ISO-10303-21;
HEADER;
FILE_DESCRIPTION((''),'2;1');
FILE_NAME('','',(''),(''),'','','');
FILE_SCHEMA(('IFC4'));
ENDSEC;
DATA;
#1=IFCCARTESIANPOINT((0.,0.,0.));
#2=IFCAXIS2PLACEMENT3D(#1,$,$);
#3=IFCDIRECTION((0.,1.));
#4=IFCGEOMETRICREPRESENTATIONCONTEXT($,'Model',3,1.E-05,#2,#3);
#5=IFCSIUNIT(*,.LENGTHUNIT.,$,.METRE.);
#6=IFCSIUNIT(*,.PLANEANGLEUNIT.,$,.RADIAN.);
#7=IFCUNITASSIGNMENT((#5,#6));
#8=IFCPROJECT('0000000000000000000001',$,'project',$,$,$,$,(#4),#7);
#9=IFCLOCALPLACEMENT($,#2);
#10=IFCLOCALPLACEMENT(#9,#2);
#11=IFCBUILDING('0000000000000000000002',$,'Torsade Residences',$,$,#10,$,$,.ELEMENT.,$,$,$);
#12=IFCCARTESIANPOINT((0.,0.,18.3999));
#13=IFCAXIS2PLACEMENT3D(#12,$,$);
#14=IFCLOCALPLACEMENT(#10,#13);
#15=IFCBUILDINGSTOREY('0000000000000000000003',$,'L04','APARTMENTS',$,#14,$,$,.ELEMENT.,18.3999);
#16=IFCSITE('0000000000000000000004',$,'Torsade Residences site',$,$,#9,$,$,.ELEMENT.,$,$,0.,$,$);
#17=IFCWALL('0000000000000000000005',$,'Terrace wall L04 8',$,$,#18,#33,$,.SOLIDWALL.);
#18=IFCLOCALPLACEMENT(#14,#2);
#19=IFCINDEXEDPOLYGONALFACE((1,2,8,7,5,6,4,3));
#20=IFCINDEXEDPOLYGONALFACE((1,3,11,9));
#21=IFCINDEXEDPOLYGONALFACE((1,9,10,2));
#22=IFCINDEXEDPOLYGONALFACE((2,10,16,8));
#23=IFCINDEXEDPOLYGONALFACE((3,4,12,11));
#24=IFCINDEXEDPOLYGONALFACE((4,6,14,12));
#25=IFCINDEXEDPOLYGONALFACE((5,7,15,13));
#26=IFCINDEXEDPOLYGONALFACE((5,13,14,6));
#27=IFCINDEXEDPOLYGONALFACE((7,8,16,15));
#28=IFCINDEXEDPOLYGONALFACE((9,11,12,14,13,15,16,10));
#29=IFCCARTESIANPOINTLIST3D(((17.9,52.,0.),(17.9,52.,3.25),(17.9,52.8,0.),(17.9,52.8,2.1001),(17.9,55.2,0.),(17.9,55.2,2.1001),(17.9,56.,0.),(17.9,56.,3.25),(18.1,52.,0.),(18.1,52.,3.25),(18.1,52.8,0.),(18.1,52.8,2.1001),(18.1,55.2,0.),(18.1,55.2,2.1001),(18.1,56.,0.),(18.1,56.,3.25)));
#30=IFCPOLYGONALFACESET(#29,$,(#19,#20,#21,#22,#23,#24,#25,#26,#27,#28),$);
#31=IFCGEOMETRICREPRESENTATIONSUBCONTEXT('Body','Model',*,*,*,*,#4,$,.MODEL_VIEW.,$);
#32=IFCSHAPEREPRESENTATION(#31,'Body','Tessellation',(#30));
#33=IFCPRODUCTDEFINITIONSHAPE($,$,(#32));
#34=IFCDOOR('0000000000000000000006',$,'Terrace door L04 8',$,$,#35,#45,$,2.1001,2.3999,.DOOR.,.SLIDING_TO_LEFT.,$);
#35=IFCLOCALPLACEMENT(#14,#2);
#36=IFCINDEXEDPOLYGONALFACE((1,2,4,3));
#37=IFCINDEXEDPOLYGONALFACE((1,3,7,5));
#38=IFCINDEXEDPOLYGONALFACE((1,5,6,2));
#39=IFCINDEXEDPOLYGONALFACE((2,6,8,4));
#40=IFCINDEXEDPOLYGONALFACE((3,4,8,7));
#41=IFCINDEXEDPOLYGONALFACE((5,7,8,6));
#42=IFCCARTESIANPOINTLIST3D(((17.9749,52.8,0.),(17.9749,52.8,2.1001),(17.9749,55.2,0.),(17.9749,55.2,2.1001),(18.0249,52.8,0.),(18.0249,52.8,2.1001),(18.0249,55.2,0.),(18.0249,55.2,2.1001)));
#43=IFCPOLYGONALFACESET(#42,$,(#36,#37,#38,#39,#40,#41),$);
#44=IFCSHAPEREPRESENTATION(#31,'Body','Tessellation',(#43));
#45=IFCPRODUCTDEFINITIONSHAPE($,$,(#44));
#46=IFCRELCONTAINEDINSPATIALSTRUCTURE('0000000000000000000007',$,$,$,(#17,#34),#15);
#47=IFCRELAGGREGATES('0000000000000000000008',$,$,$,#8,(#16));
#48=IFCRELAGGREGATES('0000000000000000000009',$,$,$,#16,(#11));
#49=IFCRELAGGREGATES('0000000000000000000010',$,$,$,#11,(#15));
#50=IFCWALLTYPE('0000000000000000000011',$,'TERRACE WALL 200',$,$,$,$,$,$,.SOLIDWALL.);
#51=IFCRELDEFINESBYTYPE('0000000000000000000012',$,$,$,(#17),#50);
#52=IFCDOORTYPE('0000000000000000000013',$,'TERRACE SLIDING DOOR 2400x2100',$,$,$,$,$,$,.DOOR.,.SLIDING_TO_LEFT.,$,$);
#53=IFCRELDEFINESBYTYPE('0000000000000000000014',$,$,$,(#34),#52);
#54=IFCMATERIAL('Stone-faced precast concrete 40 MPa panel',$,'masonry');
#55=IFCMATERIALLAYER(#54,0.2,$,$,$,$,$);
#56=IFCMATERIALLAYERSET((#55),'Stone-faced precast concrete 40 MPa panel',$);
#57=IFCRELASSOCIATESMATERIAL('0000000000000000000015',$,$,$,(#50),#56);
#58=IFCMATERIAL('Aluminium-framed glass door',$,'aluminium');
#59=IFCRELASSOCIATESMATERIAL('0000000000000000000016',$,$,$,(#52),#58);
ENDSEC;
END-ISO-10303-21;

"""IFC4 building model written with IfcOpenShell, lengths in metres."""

from ifc_helpers import new_model, si_unit, direction, frame, frame_2d, origin, place, context, subcontext, project, spatial, rectangle, extrude, material, layer, layer_set, type_object, element, fill, save


model = new_model("IFC4")

# Units and contexts
model_context = context("Model", 3, precision=1e-05, world=origin(), true_north=direction((0.0, 1.0)))
body_context = subcontext(model_context, "Body", "Model", "MODEL_VIEW")
ifc_project = project(units=[si_unit("LENGTHUNIT", "METRE"), si_unit("PLANEANGLEUNIT", "RADIAN")], contexts=[model_context])

# Site, building, storey
site_placement = place(None, origin())
site = spatial("IfcSite", under=ifc_project, at=site_placement, Name="Torsade Residences site", CompositionType="ELEMENT", RefElevation=0.0)
building_placement = place(site_placement, origin())
building = spatial("IfcBuilding", under=site, at=building_placement, Name="Torsade Residences", CompositionType="ELEMENT")
storey_placement = place(building_placement, frame((0.0, 0.0, 18.3999)))
storey = spatial("IfcBuildingStorey", under=building, at=storey_placement, Name="L04", Description="APARTMENTS", CompositionType="ELEMENT", Elevation=18.3999)

# Wall, opening, door
ifc_material_1 = material(Name="Stone-faced precast concrete 40 MPa panel", Category="masonry")
ifc_layer_1 = layer(ifc_material_1, 0.2)
ifc_layer_set_1 = layer_set([ifc_layer_1], Name="Stone-faced precast concrete 40 MPa panel")
wall_type_1 = type_object("IfcWallType", Name="TERRACE WALL 200", PredefinedType="SOLIDWALL", material=ifc_layer_set_1)
wall_1_placement = place(storey_placement, frame((18.0, 56.0, 0.0), z_axis=(0.0, 0.0, 1.0), x_axis=(0.0, -1.0, 0.0)))
wall_1 = element("IfcWall", 1, at=wall_1_placement, inside=storey, type_object=wall_type_1, Name="Terrace wall L04 8", PredefinedType="SOLIDWALL", context=body_context, shape_type="SweptSolid", body=[
    extrude(rectangle(XDim=4.0, YDim=0.2, at=frame_2d((2.0, 0.0))), origin(), (0.0, 0.0, 1.0), 3.25),
])
opening_placement = place(wall_1_placement, frame((0.8, 0.0, 0.0)))
opening = element("IfcOpeningElement", 2, at=opening_placement, cuts=wall_1, PredefinedType="OPENING", context=body_context, shape_type="SweptSolid", body=[
    extrude(rectangle(XDim=2.3999, YDim=2.1001, at=frame_2d((1.2, 1.05))), frame((0.0, 0.1099, 0.0), z_axis=(0.0, -1.0, 0.0), x_axis=(1.0, 0.0, 0.0)), (0.0, 0.0, 1.0), 0.22),
])
ifc_material_2 = material(Name="Aluminium-framed glass door", Category="aluminium")
door_type = type_object("IfcDoorType", Name="TERRACE SLIDING DOOR 2400x2100", OperationType="SLIDING_TO_LEFT", PredefinedType="DOOR", material=ifc_material_2)
door_placement = place(opening_placement, origin())
door = element("IfcDoor", 3, at=door_placement, inside=storey, type_object=door_type, Name="Terrace door L04 8", OperationType="SLIDING_TO_LEFT", OverallHeight=2.1001, OverallWidth=2.3999, PredefinedType="DOOR", context=body_context, shape_type="SweptSolid", body=[
    extrude(rectangle(XDim=2.3999, YDim=2.1001, at=frame_2d((1.2, 1.05))), frame((0.0, 0.0249, 0.0), z_axis=(0.0, -1.0, 0.0), x_axis=(1.0, 0.0, 0.0)), (0.0, 0.0, 1.0), 0.05),
])
fill(opening, door)

save(model, "model.ifc")
